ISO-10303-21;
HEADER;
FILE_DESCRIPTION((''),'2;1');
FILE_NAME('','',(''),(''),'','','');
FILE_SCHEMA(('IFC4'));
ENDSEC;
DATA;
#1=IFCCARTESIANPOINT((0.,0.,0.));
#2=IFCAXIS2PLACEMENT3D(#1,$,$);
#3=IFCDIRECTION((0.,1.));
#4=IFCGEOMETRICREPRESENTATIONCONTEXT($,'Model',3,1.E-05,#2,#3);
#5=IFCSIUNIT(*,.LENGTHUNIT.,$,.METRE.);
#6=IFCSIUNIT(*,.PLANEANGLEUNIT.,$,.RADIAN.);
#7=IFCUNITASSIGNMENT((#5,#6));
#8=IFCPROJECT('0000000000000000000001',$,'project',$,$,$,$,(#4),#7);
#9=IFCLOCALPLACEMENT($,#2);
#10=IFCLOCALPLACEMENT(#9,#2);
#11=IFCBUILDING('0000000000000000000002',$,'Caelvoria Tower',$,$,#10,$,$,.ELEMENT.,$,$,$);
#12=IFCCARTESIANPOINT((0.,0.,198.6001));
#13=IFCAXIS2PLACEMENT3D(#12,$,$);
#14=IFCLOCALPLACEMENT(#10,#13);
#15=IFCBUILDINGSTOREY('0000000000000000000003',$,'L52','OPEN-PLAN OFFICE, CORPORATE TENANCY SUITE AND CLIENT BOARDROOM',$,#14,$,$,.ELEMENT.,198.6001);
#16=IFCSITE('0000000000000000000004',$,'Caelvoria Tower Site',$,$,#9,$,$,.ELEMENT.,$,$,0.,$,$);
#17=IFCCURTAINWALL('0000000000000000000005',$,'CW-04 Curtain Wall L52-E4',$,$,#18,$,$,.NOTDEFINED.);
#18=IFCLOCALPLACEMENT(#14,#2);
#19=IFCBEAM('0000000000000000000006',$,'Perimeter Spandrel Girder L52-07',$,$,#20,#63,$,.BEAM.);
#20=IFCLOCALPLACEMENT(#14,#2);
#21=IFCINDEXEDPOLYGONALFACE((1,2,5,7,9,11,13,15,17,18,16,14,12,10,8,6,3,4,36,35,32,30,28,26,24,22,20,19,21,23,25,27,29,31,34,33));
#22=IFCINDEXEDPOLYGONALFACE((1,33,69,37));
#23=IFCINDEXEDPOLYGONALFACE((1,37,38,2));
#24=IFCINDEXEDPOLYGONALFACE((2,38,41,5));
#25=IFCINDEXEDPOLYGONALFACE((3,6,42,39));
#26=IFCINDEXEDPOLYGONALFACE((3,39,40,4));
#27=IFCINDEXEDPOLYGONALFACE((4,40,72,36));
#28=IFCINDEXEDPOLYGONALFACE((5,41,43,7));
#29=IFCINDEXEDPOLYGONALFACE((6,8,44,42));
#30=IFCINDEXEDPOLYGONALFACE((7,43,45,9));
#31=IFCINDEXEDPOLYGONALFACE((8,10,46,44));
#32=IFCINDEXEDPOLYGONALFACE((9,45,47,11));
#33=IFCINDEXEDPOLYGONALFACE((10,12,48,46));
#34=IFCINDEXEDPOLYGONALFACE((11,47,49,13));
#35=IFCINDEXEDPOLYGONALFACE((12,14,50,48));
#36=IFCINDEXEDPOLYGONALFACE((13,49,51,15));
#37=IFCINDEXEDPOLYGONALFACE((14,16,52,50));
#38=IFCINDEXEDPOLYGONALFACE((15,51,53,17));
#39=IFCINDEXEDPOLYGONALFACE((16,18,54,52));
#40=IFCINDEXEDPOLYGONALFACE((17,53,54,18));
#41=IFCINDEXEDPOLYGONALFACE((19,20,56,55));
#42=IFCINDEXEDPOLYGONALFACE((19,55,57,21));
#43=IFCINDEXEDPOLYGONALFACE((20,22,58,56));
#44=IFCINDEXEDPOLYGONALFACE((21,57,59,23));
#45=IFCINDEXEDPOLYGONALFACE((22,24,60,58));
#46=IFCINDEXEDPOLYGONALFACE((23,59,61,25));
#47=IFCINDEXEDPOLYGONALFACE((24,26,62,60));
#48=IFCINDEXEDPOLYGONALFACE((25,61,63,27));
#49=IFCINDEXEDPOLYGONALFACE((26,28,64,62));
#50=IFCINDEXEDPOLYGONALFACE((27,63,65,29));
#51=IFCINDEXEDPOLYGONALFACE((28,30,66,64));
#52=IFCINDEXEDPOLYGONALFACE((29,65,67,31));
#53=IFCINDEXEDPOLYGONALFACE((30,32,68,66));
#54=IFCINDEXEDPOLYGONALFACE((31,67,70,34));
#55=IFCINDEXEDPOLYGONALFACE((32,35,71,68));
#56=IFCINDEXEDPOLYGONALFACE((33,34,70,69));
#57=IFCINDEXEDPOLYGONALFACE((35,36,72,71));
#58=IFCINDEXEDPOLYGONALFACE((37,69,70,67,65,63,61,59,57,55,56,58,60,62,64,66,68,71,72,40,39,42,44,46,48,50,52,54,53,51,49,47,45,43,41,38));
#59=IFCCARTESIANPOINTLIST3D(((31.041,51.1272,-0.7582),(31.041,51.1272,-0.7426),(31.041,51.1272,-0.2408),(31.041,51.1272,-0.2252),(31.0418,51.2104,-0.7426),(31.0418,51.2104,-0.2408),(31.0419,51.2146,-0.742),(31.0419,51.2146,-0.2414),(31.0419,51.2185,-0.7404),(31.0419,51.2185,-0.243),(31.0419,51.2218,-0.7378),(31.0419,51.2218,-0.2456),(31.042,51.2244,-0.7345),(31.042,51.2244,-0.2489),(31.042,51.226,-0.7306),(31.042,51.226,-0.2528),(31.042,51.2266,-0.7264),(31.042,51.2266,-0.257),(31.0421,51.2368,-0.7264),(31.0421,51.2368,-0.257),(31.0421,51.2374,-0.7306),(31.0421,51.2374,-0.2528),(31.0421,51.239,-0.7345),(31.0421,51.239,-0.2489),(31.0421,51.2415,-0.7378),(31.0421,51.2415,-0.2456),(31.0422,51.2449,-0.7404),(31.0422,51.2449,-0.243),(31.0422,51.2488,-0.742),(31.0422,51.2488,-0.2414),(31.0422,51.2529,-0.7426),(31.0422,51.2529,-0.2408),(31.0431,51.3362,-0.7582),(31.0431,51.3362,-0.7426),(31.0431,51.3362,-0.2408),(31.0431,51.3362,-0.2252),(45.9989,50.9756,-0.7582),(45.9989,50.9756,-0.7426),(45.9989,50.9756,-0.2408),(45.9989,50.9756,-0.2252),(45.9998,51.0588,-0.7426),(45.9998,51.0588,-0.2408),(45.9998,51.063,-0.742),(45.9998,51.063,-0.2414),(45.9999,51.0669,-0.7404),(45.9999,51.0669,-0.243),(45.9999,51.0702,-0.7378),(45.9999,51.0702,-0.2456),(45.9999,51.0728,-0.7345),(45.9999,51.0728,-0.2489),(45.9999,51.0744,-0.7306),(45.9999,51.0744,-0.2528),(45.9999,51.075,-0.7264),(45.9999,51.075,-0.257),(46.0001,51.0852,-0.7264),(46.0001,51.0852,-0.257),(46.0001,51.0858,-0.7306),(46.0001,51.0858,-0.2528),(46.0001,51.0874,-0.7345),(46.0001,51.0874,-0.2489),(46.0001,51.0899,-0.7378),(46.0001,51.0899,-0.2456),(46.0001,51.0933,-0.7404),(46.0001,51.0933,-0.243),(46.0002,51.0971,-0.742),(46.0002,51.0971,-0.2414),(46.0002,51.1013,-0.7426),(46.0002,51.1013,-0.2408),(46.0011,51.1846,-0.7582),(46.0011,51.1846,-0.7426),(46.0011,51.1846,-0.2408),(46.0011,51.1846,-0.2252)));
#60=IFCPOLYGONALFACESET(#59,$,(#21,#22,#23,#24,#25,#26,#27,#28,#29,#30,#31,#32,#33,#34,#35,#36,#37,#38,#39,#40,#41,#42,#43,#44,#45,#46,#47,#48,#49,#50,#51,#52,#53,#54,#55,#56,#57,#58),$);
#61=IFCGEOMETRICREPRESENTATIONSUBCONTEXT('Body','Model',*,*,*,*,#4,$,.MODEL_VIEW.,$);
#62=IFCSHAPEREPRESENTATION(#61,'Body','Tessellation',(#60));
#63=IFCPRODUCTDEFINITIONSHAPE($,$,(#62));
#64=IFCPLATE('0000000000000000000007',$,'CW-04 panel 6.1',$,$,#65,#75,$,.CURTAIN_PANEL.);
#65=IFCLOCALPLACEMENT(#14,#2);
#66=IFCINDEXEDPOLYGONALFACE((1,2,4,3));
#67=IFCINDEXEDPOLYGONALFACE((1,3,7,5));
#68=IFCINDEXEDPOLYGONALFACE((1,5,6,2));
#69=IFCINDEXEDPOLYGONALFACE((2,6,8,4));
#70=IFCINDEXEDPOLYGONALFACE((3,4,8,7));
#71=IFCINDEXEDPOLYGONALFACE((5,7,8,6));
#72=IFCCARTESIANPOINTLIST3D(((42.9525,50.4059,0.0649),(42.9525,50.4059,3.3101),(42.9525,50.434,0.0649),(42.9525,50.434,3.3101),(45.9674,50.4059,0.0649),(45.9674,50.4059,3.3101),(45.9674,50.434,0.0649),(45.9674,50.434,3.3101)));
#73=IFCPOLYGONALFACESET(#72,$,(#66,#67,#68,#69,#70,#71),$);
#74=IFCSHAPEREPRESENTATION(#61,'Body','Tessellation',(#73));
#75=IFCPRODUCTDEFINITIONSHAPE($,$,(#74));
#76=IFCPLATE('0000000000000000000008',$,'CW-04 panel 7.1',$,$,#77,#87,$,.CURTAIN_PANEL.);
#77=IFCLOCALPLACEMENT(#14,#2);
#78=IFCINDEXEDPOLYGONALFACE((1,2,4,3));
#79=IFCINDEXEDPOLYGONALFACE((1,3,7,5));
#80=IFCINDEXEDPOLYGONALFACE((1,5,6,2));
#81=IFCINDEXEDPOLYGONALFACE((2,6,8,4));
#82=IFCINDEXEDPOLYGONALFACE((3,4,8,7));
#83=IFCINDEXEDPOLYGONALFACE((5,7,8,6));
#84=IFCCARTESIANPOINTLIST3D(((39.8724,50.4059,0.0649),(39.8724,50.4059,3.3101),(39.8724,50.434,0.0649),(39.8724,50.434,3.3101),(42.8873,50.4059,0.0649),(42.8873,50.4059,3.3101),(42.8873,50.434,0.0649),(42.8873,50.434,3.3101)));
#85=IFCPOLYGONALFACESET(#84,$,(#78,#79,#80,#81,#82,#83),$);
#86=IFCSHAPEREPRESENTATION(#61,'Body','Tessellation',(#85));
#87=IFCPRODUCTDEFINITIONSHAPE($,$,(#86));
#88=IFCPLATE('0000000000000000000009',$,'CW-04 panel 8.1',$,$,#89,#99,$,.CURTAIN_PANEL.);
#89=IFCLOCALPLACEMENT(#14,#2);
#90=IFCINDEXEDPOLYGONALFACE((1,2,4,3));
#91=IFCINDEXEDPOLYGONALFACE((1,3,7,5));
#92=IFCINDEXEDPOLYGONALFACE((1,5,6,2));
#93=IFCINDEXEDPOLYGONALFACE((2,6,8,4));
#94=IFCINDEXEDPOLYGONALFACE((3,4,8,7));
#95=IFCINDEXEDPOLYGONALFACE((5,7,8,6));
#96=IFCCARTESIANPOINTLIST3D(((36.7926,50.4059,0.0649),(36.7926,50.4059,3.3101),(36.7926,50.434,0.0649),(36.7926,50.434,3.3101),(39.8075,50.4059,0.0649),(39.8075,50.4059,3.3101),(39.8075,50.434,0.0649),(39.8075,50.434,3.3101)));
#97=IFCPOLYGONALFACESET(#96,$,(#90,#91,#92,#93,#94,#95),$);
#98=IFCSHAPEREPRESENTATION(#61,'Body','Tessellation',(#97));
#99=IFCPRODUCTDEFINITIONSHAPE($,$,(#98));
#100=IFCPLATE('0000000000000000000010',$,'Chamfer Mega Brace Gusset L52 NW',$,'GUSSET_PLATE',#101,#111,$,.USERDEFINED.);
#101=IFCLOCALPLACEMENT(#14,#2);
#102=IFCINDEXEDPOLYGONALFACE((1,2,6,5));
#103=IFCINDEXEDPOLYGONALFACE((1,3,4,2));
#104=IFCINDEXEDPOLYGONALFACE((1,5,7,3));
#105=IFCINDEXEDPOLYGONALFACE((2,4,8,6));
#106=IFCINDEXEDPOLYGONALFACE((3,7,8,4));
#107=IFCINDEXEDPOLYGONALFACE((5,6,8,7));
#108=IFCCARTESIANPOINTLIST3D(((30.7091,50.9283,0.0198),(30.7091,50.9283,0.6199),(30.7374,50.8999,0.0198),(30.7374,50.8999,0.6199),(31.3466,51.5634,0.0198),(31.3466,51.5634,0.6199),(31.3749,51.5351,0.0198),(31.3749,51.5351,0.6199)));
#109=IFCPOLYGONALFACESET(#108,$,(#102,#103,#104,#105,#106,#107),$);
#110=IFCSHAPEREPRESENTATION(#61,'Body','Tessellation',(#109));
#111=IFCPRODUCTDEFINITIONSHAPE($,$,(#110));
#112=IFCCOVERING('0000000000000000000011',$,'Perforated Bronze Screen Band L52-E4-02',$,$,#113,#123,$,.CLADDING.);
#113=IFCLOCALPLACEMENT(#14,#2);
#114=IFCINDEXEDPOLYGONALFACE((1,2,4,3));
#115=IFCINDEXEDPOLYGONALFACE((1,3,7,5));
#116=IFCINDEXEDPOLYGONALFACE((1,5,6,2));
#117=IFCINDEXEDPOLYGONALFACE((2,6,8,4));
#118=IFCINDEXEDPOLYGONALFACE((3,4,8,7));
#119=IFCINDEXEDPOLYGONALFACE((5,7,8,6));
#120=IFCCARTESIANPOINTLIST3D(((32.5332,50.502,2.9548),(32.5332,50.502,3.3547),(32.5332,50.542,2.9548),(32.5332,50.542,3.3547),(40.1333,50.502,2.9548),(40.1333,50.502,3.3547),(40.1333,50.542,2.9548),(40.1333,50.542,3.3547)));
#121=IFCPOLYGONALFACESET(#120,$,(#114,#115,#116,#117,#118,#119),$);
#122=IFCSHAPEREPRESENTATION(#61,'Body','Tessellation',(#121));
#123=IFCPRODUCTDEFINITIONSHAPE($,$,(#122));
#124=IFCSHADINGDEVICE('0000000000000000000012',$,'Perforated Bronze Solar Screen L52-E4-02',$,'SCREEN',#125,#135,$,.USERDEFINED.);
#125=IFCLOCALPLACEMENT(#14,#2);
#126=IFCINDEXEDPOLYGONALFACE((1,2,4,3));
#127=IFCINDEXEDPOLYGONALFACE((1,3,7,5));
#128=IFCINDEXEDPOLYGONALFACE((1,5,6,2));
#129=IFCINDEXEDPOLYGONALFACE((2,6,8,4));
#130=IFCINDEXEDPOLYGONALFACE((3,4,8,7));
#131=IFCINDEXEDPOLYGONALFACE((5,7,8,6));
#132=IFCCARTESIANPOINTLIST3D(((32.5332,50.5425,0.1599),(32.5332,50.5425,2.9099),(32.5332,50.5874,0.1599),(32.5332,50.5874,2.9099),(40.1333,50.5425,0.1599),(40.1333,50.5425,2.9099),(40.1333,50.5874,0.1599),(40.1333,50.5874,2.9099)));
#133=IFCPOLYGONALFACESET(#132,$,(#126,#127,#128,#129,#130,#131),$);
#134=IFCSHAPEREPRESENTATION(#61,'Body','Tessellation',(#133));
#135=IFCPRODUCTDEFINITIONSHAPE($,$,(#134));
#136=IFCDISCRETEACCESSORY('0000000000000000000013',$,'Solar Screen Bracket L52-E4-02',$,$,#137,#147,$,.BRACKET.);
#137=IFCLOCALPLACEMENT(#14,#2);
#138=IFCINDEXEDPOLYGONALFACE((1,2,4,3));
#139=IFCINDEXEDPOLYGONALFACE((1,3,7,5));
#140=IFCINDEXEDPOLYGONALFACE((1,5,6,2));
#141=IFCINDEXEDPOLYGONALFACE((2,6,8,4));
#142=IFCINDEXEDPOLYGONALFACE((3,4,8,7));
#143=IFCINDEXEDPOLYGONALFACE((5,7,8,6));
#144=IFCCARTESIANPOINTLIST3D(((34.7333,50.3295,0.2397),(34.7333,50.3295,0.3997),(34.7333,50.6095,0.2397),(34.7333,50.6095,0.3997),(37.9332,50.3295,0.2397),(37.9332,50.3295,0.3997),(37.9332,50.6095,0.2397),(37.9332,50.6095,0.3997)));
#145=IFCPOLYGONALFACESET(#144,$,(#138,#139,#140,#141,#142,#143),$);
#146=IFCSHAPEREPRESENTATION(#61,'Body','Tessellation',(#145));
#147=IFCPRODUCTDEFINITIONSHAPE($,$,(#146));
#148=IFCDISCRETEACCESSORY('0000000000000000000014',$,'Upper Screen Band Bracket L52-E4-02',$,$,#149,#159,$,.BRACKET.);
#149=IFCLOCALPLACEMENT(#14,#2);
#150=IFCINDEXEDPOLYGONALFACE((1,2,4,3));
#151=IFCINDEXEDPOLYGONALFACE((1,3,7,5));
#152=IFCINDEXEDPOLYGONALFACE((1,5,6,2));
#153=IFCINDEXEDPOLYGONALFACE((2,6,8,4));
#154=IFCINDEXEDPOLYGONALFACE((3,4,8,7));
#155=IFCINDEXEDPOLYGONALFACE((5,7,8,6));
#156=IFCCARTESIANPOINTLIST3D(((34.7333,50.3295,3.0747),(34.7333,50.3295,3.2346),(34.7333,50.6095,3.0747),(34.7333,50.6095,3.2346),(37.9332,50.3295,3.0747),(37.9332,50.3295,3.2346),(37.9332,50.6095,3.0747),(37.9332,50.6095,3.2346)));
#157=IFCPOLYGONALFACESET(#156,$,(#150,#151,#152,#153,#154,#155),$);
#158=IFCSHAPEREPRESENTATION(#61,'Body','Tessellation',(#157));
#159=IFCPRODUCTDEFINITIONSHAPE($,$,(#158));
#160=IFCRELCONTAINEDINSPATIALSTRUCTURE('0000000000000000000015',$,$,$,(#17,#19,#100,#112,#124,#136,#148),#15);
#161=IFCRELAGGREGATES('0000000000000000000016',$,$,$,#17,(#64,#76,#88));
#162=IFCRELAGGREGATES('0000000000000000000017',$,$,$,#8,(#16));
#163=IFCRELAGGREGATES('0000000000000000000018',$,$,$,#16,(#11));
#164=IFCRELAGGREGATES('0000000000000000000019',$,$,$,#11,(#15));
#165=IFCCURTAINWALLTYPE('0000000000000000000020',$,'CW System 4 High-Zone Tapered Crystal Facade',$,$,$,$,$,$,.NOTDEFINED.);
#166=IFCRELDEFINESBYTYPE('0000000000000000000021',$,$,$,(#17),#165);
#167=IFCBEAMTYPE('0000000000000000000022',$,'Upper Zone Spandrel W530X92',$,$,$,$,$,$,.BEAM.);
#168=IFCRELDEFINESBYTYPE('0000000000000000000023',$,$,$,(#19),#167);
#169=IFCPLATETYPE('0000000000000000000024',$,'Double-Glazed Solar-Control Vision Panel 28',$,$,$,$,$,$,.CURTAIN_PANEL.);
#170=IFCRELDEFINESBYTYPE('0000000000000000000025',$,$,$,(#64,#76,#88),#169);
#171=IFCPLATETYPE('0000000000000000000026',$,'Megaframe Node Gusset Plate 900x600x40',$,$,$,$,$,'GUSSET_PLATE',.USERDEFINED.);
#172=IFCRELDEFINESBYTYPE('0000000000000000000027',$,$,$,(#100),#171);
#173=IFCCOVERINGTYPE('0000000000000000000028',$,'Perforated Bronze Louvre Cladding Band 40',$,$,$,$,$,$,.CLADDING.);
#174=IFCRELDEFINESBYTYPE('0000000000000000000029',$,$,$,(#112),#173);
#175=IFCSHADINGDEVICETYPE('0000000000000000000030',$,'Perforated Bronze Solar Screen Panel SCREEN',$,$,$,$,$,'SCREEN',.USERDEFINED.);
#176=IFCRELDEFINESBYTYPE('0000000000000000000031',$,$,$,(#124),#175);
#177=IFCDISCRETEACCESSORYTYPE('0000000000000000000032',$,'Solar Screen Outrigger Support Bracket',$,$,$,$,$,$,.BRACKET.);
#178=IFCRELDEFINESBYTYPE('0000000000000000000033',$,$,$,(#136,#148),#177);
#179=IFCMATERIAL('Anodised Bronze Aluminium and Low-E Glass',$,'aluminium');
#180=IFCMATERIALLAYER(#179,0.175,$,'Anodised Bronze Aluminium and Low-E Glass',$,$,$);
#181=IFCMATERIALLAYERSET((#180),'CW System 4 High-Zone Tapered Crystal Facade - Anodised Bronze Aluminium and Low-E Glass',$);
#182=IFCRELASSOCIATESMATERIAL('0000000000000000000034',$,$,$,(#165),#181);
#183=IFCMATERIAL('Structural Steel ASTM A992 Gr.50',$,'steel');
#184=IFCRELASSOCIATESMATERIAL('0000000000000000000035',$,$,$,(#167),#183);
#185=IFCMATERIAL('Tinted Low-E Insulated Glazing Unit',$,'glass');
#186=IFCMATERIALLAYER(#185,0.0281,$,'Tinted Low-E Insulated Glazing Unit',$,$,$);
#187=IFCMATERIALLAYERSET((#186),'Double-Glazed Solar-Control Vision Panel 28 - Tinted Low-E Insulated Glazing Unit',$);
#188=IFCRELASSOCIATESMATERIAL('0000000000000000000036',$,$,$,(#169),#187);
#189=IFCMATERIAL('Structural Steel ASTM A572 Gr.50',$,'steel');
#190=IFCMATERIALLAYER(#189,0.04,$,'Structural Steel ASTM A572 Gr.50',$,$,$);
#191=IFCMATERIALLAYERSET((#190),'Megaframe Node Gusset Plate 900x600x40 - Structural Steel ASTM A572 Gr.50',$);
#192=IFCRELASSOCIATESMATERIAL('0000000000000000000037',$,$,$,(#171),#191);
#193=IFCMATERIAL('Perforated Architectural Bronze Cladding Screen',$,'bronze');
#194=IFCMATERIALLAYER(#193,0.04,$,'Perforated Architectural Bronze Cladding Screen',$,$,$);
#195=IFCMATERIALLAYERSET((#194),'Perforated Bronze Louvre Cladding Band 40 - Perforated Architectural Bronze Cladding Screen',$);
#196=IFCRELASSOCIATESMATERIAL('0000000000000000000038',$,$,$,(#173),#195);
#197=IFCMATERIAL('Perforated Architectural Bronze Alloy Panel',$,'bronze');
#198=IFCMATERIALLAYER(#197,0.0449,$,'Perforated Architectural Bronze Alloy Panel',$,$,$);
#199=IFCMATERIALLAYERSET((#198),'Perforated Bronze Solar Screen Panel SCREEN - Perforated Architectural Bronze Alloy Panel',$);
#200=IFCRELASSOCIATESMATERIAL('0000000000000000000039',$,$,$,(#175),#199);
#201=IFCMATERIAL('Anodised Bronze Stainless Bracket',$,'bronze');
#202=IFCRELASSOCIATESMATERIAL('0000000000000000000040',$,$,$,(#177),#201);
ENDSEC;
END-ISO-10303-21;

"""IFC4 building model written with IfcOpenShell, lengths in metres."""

from ifc_helpers import new_model, si_unit, direction, frame, origin, origin_2d, place, context, subcontext, project, spatial, rectangle, i_section, extrude, material, layer, layer_set, material_profile, profile_set, type_object, element, aggregate, save


model = new_model("IFC4")

# Units and contexts
model_context = context("Model", 3, precision=1e-05, world=origin(), true_north=direction((0.0, 1.0)))
body_context = subcontext(model_context, "Body", "Model", "MODEL_VIEW")
ifc_project = project(units=[si_unit("LENGTHUNIT", "METRE"), si_unit("PLANEANGLEUNIT", "RADIAN")], contexts=[model_context])

# Site, building, storey
site_placement = place(None, origin())
site = spatial("IfcSite", under=ifc_project, at=site_placement, Name="Caelvoria Tower Site", CompositionType="ELEMENT", RefElevation=0.0)
building_placement = place(site_placement, origin())
building = spatial("IfcBuilding", under=site, at=building_placement, Name="Caelvoria Tower", CompositionType="ELEMENT")
storey_placement = place(building_placement, frame((0.0, 0.0, 198.6001)))
storey = spatial("IfcBuildingStorey", under=building, at=storey_placement, Name="L52", Description="OPEN-PLAN OFFICE, CORPORATE TENANCY SUITE AND CLIENT BOARDROOM", CompositionType="ELEMENT", Elevation=198.6001)

# Shared definitions
ifc_material_1 = material(Name="Structural Steel ASTM A992 Gr.50", Category="steel")

# Curtain wall
ifc_material_2 = material(Name="Anodised Bronze Aluminium and Low-E Glass", Category="aluminium")
ifc_layer_1 = layer(ifc_material_2, 0.175, Name="Anodised Bronze Aluminium and Low-E Glass")
ifc_layer_set_1 = layer_set([ifc_layer_1], Name="CW System 4 High-Zone Tapered Crystal Facade - Anodised Bronze Aluminium and Low-E Glass")
curtain_wall_type = type_object("IfcCurtainWallType", Name="CW System 4 High-Zone Tapered Crystal Facade", PredefinedType="NOTDEFINED", material=ifc_layer_set_1)
curtain_wall_1_placement = place(storey_placement, origin())
curtain_wall_1 = element("IfcCurtainWall", 1, at=curtain_wall_1_placement, inside=storey, type_object=curtain_wall_type, Name="CW-04 Curtain Wall L52-E4", PredefinedType="NOTDEFINED")

# Shared definitions
ifc_material_3 = material(Name="Structural Steel ASTM A572 Gr.50", Category="steel")

# Beam
ifc_material_profile_1 = material_profile(ifc_material_1, i_section(OverallWidth=0.209, OverallDepth=0.533, WebThickness=0.0103, FlangeThickness=0.0156, FilletRadius=0.0161, at=origin_2d()), Name="Structural Steel ASTM A992 Gr.50")
ifc_profile_set_1 = profile_set([ifc_material_profile_1], Name="W530X92 - Structural Steel ASTM A992 Gr.50")
beam_type = type_object("IfcBeamType", Name="Upper Zone Spandrel W530X92", PredefinedType="BEAM", material=ifc_profile_set_1)
beam_placement = place(storey_placement, frame((46.0, 51.0801, -0.4917), z_axis=(-0.999949, 0.010135, 0.0), x_axis=(-0.010135, -0.999949, 0.0)))
element("IfcBeam", 2, at=beam_placement, inside=storey, type_object=beam_type, Name="Perimeter Spandrel Girder L52-07", PredefinedType="BEAM", context=body_context, shape_type="SweptSolid", body=[
    extrude(i_section(OverallWidth=0.209, OverallDepth=0.533, WebThickness=0.0103, FlangeThickness=0.0156, FilletRadius=0.0161, at=origin_2d()), origin(), (0.0, 0.0, 1.0), 14.9587),
])

# Plates
ifc_material_4 = material(Name="Tinted Low-E Insulated Glazing Unit", Category="glass")
ifc_layer_2 = layer(ifc_material_4, 0.0281, Name="Tinted Low-E Insulated Glazing Unit")
ifc_layer_set_2 = layer_set([ifc_layer_2], Name="Double-Glazed Solar-Control Vision Panel 28 - Tinted Low-E Insulated Glazing Unit")
plate_type_1 = type_object("IfcPlateType", Name="Double-Glazed Solar-Control Vision Panel 28", PredefinedType="CURTAIN_PANEL", material=ifc_layer_set_2)
plate_1_placement = place(storey_placement, frame((44.46, 50.4199, 0.0649), z_axis=(0.0, 0.0, 1.0), x_axis=(-1.0, 0.0, 0.0)))
plate_1 = element("IfcPlate", 3, at=plate_1_placement, type_object=plate_type_1, Name="CW-04 panel 6.1", PredefinedType="CURTAIN_PANEL", context=body_context, shape_type="SweptSolid", body=[
    extrude(rectangle(XDim=3.0149, YDim=0.0281, at=origin_2d()), origin(), (0.0, 0.0, 1.0), 3.2451),
])
plate_2_placement = place(storey_placement, frame((41.3799, 50.4199, 0.0649), z_axis=(0.0, 0.0, 1.0), x_axis=(-1.0, 0.0, 0.0)))
plate_2 = element("IfcPlate", 4, at=plate_2_placement, type_object=plate_type_1, Name="CW-04 panel 7.1", PredefinedType="CURTAIN_PANEL", context=body_context, shape_type="SweptSolid", body=[
    extrude(rectangle(XDim=3.0149, YDim=0.0281, at=origin_2d()), origin(), (0.0, 0.0, 1.0), 3.2451),
])
plate_3_placement = place(storey_placement, frame((38.3, 50.4199, 0.0649), z_axis=(0.0, 0.0, 1.0), x_axis=(-1.0, 0.0, 0.0)))
plate_3 = element("IfcPlate", 5, at=plate_3_placement, type_object=plate_type_1, Name="CW-04 panel 8.1", PredefinedType="CURTAIN_PANEL", context=body_context, shape_type="SweptSolid", body=[
    extrude(rectangle(XDim=3.0149, YDim=0.0281, at=origin_2d()), origin(), (0.0, 0.0, 1.0), 3.2451),
])
aggregate(curtain_wall_1, [plate_1, plate_2, plate_3])
ifc_layer_3 = layer(ifc_material_3, 0.04, Name="Structural Steel ASTM A572 Gr.50")
ifc_layer_set_3 = layer_set([ifc_layer_3], Name="Megaframe Node Gusset Plate 900x600x40 - Structural Steel ASTM A572 Gr.50")
plate_type_2 = type_object("IfcPlateType", Name="Megaframe Node Gusset Plate 900x600x40", ElementType="GUSSET_PLATE", PredefinedType="USERDEFINED", material=ifc_layer_set_3)
plate_4_placement = place(storey_placement, frame((31.042, 51.2317, 0.0198), z_axis=(0.0, 0.0, 1.0), x_axis=(-0.708453, -0.705758, 0.0)))
element("IfcPlate", 6, at=plate_4_placement, inside=storey, type_object=plate_type_2, Name="Chamfer Mega Brace Gusset L52 NW", ObjectType="GUSSET_PLATE", PredefinedType="USERDEFINED", context=body_context, shape_type="SweptSolid", body=[
    extrude(rectangle(XDim=0.8999, YDim=0.04, at=origin_2d()), origin(), (0.0, 0.0, 1.0), 0.6001),
])

# Covering
ifc_material_5 = material(Name="Perforated Architectural Bronze Cladding Screen", Category="bronze")
ifc_layer_4 = layer(ifc_material_5, 0.04, Name="Perforated Architectural Bronze Cladding Screen")
ifc_layer_set_4 = layer_set([ifc_layer_4], Name="Perforated Bronze Louvre Cladding Band 40 - Perforated Architectural Bronze Cladding Screen")
covering_type = type_object("IfcCoveringType", Name="Perforated Bronze Louvre Cladding Band 40", PredefinedType="CLADDING", material=ifc_layer_set_4)
covering_placement = place(storey_placement, frame((36.3333, 50.522, 2.9548), z_axis=(0.0, 0.0, 1.0), x_axis=(-1.0, 0.0, 0.0)))
element("IfcCovering", 7, at=covering_placement, inside=storey, type_object=covering_type, Name="Perforated Bronze Screen Band L52-E4-02", PredefinedType="CLADDING", context=body_context, shape_type="SweptSolid", body=[
    extrude(rectangle(XDim=7.6001, YDim=0.04, at=origin_2d()), origin(), (0.0, 0.0, 1.0), 0.3999),
])

# Shading device
ifc_material_6 = material(Name="Perforated Architectural Bronze Alloy Panel", Category="bronze")
ifc_layer_5 = layer(ifc_material_6, 0.0449, Name="Perforated Architectural Bronze Alloy Panel")
ifc_layer_set_5 = layer_set([ifc_layer_5], Name="Perforated Bronze Solar Screen Panel SCREEN - Perforated Architectural Bronze Alloy Panel")
shading_device_type = type_object("IfcShadingDeviceType", Name="Perforated Bronze Solar Screen Panel SCREEN", ElementType="SCREEN", PredefinedType="USERDEFINED", material=ifc_layer_set_5)
shading_device_placement = place(storey_placement, frame((36.3333, 50.5649, 0.1599), z_axis=(0.0, 0.0, 1.0), x_axis=(-1.0, 0.0, 0.0)))
element("IfcShadingDevice", 8, at=shading_device_placement, inside=storey, type_object=shading_device_type, Name="Perforated Bronze Solar Screen L52-E4-02", ObjectType="SCREEN", PredefinedType="USERDEFINED", context=body_context, shape_type="SweptSolid", body=[
    extrude(rectangle(XDim=7.6001, YDim=0.0449, at=origin_2d()), origin(), (0.0, 0.0, 1.0), 2.75),
])

# Discrete accessories
ifc_material_7 = material(Name="Anodised Bronze Stainless Bracket", Category="bronze")
discrete_accessory_type = type_object("IfcDiscreteAccessoryType", Name="Solar Screen Outrigger Support Bracket", PredefinedType="BRACKET", material=ifc_material_7)
for number, where, z_axis, x_axis, name in (
    (9, (36.3333, 50.4695, 0.2397), (0.0, 0.0, 1.0), (-1.0, 0.0, 0.0), "Solar Screen Bracket L52-E4-02"),
    (10, (36.3333, 50.4695, 3.0747), (0.0, 0.0, 1.0), (-1.0, 0.0, 0.0), "Upper Screen Band Bracket L52-E4-02"),
):
    element("IfcDiscreteAccessory", number, at=place(storey_placement, frame(where, z_axis=z_axis, x_axis=x_axis)), inside=storey, type_object=discrete_accessory_type, Name=name, PredefinedType="BRACKET", context=body_context, shape_type="SweptSolid", body=[
        extrude(rectangle(XDim=3.2, YDim=0.28, at=origin_2d()), origin(), (0.0, 0.0, 1.0), 0.1599),
    ])

save(model, "model.ifc")
